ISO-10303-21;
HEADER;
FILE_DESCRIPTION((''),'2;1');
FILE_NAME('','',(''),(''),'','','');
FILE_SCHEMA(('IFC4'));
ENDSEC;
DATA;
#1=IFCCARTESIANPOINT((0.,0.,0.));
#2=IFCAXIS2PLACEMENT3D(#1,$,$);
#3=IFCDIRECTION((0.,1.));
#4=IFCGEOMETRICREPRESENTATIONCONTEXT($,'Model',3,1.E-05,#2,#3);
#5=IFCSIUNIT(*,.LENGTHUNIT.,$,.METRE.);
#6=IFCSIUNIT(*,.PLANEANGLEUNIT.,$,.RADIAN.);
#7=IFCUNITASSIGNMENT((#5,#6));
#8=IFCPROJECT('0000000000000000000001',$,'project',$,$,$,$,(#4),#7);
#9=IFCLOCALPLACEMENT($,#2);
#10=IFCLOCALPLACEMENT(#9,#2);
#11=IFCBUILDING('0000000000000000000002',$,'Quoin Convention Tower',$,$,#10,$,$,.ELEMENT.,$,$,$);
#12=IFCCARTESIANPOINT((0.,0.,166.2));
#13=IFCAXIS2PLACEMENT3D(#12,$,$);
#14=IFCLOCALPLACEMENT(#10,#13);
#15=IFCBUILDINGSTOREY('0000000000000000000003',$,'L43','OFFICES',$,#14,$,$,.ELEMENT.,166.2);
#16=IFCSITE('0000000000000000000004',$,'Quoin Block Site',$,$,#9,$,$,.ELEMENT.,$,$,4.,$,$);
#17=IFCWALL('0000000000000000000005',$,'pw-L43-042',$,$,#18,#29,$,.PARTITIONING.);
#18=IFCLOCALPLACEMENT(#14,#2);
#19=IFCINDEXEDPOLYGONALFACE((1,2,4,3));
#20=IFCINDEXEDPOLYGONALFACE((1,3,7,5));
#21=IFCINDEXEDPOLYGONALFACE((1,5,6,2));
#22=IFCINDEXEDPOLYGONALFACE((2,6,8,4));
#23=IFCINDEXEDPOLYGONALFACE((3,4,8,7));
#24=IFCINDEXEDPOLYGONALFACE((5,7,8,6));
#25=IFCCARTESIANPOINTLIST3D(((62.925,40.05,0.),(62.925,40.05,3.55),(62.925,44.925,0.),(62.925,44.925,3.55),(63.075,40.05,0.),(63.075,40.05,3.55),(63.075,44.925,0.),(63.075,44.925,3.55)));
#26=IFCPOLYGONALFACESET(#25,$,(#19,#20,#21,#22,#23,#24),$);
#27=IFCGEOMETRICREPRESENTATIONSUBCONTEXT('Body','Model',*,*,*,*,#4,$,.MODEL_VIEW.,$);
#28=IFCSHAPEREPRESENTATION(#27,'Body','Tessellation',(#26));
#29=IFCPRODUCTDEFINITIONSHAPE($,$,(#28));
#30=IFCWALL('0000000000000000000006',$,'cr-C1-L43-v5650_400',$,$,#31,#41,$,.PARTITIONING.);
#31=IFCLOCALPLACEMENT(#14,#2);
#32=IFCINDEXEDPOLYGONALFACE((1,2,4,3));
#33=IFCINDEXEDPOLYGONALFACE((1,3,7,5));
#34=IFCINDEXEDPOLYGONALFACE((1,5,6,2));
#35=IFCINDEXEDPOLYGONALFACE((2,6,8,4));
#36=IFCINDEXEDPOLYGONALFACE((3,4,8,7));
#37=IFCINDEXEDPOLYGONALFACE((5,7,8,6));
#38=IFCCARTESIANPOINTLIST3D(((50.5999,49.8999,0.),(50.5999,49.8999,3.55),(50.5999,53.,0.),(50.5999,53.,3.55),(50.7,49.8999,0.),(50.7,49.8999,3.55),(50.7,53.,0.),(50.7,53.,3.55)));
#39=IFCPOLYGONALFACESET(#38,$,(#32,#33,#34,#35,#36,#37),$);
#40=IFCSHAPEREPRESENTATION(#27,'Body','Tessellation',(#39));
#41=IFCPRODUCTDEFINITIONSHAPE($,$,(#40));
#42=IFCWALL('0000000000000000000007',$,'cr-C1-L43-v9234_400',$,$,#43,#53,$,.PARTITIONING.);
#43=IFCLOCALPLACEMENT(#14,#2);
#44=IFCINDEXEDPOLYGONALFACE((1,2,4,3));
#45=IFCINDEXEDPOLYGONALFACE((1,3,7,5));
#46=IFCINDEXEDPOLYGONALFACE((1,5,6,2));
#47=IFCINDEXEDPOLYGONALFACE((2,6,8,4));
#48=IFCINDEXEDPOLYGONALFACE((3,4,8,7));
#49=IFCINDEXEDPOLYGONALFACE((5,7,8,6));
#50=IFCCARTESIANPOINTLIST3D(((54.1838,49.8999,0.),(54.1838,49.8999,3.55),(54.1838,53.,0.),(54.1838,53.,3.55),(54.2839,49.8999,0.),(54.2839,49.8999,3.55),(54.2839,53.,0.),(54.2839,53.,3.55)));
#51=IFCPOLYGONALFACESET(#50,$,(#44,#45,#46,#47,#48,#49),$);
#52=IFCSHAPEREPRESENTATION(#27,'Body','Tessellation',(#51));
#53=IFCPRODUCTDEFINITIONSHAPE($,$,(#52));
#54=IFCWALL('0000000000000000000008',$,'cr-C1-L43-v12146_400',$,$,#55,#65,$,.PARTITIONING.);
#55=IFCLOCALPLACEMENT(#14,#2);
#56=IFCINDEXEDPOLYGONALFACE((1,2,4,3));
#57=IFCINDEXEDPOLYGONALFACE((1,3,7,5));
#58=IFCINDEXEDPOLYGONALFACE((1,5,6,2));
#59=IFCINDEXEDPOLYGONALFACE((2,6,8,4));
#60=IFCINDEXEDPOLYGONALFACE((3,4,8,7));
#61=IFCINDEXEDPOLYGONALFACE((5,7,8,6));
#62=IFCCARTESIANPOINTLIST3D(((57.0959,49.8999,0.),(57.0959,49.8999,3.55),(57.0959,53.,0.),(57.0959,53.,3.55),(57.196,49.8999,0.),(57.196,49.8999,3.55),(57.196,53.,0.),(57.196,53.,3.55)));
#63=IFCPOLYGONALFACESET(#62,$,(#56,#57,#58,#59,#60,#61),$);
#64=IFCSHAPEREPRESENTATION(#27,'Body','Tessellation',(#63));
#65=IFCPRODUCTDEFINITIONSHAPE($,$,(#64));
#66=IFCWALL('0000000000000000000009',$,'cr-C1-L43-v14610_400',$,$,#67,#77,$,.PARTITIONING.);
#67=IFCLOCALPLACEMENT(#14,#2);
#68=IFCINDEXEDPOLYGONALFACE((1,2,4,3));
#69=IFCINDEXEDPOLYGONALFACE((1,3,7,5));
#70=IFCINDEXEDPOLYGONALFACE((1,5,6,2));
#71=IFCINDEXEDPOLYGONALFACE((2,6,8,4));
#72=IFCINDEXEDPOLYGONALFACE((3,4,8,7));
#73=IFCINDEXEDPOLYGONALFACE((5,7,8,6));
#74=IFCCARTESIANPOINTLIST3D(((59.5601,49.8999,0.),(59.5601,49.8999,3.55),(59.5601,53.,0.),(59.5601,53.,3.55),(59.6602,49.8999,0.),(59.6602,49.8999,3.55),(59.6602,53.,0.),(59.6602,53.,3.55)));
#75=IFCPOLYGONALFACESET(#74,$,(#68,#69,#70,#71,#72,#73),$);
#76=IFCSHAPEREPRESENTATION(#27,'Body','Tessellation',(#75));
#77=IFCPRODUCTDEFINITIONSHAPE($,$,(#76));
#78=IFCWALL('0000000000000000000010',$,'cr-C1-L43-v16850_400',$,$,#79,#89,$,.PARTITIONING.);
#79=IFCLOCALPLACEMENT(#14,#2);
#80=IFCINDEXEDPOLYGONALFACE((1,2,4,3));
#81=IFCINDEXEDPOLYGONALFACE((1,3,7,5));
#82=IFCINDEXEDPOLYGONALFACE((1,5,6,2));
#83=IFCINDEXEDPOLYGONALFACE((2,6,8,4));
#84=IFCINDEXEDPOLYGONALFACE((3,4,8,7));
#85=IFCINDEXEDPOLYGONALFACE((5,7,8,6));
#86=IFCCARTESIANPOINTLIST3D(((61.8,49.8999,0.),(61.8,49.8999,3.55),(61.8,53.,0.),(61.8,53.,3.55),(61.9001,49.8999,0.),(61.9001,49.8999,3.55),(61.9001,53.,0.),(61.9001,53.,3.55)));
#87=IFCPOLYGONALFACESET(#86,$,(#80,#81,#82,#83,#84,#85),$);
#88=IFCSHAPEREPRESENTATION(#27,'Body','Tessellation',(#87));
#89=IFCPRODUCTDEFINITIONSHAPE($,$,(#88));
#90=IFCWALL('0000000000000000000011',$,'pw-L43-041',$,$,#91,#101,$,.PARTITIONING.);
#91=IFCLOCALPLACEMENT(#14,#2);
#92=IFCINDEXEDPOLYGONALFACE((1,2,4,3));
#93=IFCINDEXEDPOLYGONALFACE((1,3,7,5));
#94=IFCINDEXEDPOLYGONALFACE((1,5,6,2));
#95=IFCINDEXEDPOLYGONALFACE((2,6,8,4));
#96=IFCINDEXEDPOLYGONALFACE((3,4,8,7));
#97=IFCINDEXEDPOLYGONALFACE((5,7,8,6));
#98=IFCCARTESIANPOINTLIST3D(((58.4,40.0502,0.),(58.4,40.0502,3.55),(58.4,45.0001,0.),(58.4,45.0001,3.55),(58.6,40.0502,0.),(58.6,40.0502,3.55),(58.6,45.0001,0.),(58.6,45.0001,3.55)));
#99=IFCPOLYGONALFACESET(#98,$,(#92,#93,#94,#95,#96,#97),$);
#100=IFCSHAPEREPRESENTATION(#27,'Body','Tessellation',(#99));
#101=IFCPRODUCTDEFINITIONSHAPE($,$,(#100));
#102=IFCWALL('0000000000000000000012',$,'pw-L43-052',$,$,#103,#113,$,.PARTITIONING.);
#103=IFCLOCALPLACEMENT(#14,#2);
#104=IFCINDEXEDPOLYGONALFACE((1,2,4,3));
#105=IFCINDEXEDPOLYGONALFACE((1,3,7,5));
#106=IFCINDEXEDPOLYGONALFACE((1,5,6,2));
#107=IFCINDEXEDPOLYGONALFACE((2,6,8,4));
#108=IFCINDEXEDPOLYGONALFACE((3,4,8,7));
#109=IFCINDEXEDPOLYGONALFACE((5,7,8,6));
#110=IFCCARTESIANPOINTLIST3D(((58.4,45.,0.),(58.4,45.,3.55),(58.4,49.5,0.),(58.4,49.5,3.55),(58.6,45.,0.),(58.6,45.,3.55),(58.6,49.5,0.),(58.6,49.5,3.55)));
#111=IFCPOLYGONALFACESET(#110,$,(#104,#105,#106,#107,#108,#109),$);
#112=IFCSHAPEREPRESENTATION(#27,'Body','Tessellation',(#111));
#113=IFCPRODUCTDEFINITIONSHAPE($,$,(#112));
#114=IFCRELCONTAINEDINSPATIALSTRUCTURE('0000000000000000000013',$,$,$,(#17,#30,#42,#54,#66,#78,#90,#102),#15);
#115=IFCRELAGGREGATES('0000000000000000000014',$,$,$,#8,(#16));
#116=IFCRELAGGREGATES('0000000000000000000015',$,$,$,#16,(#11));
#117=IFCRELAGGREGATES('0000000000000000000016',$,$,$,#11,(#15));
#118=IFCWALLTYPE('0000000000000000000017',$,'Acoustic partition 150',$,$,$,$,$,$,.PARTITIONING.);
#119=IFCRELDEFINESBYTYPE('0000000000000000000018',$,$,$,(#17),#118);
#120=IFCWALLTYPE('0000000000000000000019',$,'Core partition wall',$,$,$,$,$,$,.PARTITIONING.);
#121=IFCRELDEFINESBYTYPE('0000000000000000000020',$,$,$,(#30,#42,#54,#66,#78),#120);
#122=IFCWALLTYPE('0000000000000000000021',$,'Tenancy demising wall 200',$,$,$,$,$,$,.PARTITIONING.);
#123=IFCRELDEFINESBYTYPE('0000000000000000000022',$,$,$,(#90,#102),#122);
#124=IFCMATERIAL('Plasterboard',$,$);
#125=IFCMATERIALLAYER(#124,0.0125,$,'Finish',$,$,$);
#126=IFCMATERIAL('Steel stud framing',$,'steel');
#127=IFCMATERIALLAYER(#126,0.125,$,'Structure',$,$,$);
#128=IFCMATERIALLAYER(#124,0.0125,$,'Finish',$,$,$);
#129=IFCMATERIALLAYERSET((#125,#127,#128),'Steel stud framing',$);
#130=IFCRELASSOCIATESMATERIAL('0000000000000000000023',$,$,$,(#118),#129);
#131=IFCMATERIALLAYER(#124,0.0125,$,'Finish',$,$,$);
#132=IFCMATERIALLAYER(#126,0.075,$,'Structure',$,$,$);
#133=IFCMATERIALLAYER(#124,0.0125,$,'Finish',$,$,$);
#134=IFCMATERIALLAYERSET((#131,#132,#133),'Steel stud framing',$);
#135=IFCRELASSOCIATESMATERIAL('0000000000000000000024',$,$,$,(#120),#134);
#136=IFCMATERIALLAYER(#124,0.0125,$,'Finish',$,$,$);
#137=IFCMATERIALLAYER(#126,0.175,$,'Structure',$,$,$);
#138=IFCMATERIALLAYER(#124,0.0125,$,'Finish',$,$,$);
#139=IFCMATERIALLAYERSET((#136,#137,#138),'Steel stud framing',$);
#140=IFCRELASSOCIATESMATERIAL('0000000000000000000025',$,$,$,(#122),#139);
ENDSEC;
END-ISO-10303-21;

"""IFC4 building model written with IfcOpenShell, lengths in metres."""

from ifc_helpers import new_model, si_unit, direction, frame, frame_2d, origin, place, context, subcontext, project, spatial, rectangle, extrude, material, layer, layer_set, type_object, element, save


model = new_model("IFC4")

# Units and contexts
model_context = context("Model", 3, precision=1e-05, world=origin(), true_north=direction((0.0, 1.0)))
body_context = subcontext(model_context, "Body", "Model", "MODEL_VIEW")
ifc_project = project(units=[si_unit("LENGTHUNIT", "METRE"), si_unit("PLANEANGLEUNIT", "RADIAN")], contexts=[model_context])

# Site, building, storey
site_placement = place(None, origin())
site = spatial("IfcSite", under=ifc_project, at=site_placement, Name="Quoin Block Site", CompositionType="ELEMENT", RefElevation=4.0)
building_placement = place(site_placement, origin())
building = spatial("IfcBuilding", under=site, at=building_placement, Name="Quoin Convention Tower", CompositionType="ELEMENT")
storey_placement = place(building_placement, frame((0.0, 0.0, 166.2)))
storey = spatial("IfcBuildingStorey", under=building, at=storey_placement, Name="L43", Description="OFFICES", CompositionType="ELEMENT", Elevation=166.2)

# Shared definitions
ifc_material_1 = material(Name="Plasterboard")
ifc_layer_1 = layer(ifc_material_1, 0.0125, Name="Finish")
ifc_material_2 = material(Name="Steel stud framing", Category="steel")
ifc_layer_2 = layer(ifc_material_2, 0.125, Name="Structure")
ifc_layer_3 = layer(ifc_material_1, 0.0125, Name="Finish")
ifc_layer_set_1 = layer_set([ifc_layer_1, ifc_layer_2, ifc_layer_3], Name="Steel stud framing")
wall_type_1 = type_object("IfcWallType", Name="Acoustic partition 150", PredefinedType="PARTITIONING", material=ifc_layer_set_1)

# Walls
wall_1_placement = place(storey_placement, frame((63.0, 40.05, 0.0), z_axis=(0.0, 0.0, 1.0), x_axis=(0.0, 1.0, 0.0)))
element("IfcWall", 1, at=wall_1_placement, inside=storey, type_object=wall_type_1, Name="pw-L43-042", PredefinedType="PARTITIONING", context=body_context, shape_type="SweptSolid", body=[
    extrude(rectangle(XDim=4.875, YDim=0.1499, at=frame_2d((2.4375, 0.0))), origin(), (0.0, 0.0, 1.0), 3.55),
])
ifc_layer_4 = layer(ifc_material_1, 0.0125, Name="Finish")
ifc_layer_5 = layer(ifc_material_2, 0.075, Name="Structure")
ifc_layer_6 = layer(ifc_material_1, 0.0125, Name="Finish")
ifc_layer_set_2 = layer_set([ifc_layer_4, ifc_layer_5, ifc_layer_6], Name="Steel stud framing")
wall_type_2 = type_object("IfcWallType", Name="Core partition wall", PredefinedType="PARTITIONING", material=ifc_layer_set_2)
for number, where, z_axis, x_axis, name in (
    (2, (50.6499, 49.8999, 0.0), (0.0, 0.0, 1.0), (0.0, 1.0, 0.0), "cr-C1-L43-v5650_400"),
    (3, (54.2339, 49.8999, 0.0), (0.0, 0.0, 1.0), (0.0, 1.0, 0.0), "cr-C1-L43-v9234_400"),
    (4, (57.146, 49.8999, 0.0), (0.0, 0.0, 1.0), (0.0, 1.0, 0.0), "cr-C1-L43-v12146_400"),
    (5, (59.6101, 49.8999, 0.0), (0.0, 0.0, 1.0), (0.0, 1.0, 0.0), "cr-C1-L43-v14610_400"),
    (6, (61.8501, 49.8999, 0.0), (0.0, 0.0, 1.0), (0.0, 1.0, 0.0), "cr-C1-L43-v16850_400"),
):
    element("IfcWall", number, at=place(storey_placement, frame(where, z_axis=z_axis, x_axis=x_axis)), inside=storey, type_object=wall_type_2, Name=name, PredefinedType="PARTITIONING", context=body_context, shape_type="SweptSolid", body=[
        extrude(rectangle(XDim=3.1001, YDim=0.1001, at=frame_2d((1.55, 0.0))), origin(), (0.0, 0.0, 1.0), 3.55),
    ])
ifc_layer_7 = layer(ifc_material_1, 0.0125, Name="Finish")
ifc_layer_8 = layer(ifc_material_2, 0.175, Name="Structure")
ifc_layer_9 = layer(ifc_material_1, 0.0125, Name="Finish")
ifc_layer_set_3 = layer_set([ifc_layer_7, ifc_layer_8, ifc_layer_9], Name="Steel stud framing")
wall_type_3 = type_object("IfcWallType", Name="Tenancy demising wall 200", PredefinedType="PARTITIONING", material=ifc_layer_set_3)
wall_2_placement = place(storey_placement, frame((58.5, 40.05, 0.0), z_axis=(0.0, 0.0, 1.0), x_axis=(0.0, 1.0, 0.0)))
element("IfcWall", 7, at=wall_2_placement, inside=storey, type_object=wall_type_3, Name="pw-L43-041", PredefinedType="PARTITIONING", context=body_context, shape_type="SweptSolid", body=[
    extrude(rectangle(XDim=4.95, YDim=0.2, at=frame_2d((2.4751, 0.0))), origin(), (0.0, 0.0, 1.0), 3.55),
])
wall_3_placement = place(storey_placement, frame((58.5, 45.0, 0.0), z_axis=(0.0, 0.0, 1.0), x_axis=(0.0, 1.0, 0.0)))
element("IfcWall", 8, at=wall_3_placement, inside=storey, type_object=wall_type_3, Name="pw-L43-052", PredefinedType="PARTITIONING", context=body_context, shape_type="SweptSolid", body=[
    extrude(rectangle(XDim=4.5, YDim=0.2, at=frame_2d((2.25, 0.0))), origin(), (0.0, 0.0, 1.0), 3.55),
])

save(model, "model.ifc")
